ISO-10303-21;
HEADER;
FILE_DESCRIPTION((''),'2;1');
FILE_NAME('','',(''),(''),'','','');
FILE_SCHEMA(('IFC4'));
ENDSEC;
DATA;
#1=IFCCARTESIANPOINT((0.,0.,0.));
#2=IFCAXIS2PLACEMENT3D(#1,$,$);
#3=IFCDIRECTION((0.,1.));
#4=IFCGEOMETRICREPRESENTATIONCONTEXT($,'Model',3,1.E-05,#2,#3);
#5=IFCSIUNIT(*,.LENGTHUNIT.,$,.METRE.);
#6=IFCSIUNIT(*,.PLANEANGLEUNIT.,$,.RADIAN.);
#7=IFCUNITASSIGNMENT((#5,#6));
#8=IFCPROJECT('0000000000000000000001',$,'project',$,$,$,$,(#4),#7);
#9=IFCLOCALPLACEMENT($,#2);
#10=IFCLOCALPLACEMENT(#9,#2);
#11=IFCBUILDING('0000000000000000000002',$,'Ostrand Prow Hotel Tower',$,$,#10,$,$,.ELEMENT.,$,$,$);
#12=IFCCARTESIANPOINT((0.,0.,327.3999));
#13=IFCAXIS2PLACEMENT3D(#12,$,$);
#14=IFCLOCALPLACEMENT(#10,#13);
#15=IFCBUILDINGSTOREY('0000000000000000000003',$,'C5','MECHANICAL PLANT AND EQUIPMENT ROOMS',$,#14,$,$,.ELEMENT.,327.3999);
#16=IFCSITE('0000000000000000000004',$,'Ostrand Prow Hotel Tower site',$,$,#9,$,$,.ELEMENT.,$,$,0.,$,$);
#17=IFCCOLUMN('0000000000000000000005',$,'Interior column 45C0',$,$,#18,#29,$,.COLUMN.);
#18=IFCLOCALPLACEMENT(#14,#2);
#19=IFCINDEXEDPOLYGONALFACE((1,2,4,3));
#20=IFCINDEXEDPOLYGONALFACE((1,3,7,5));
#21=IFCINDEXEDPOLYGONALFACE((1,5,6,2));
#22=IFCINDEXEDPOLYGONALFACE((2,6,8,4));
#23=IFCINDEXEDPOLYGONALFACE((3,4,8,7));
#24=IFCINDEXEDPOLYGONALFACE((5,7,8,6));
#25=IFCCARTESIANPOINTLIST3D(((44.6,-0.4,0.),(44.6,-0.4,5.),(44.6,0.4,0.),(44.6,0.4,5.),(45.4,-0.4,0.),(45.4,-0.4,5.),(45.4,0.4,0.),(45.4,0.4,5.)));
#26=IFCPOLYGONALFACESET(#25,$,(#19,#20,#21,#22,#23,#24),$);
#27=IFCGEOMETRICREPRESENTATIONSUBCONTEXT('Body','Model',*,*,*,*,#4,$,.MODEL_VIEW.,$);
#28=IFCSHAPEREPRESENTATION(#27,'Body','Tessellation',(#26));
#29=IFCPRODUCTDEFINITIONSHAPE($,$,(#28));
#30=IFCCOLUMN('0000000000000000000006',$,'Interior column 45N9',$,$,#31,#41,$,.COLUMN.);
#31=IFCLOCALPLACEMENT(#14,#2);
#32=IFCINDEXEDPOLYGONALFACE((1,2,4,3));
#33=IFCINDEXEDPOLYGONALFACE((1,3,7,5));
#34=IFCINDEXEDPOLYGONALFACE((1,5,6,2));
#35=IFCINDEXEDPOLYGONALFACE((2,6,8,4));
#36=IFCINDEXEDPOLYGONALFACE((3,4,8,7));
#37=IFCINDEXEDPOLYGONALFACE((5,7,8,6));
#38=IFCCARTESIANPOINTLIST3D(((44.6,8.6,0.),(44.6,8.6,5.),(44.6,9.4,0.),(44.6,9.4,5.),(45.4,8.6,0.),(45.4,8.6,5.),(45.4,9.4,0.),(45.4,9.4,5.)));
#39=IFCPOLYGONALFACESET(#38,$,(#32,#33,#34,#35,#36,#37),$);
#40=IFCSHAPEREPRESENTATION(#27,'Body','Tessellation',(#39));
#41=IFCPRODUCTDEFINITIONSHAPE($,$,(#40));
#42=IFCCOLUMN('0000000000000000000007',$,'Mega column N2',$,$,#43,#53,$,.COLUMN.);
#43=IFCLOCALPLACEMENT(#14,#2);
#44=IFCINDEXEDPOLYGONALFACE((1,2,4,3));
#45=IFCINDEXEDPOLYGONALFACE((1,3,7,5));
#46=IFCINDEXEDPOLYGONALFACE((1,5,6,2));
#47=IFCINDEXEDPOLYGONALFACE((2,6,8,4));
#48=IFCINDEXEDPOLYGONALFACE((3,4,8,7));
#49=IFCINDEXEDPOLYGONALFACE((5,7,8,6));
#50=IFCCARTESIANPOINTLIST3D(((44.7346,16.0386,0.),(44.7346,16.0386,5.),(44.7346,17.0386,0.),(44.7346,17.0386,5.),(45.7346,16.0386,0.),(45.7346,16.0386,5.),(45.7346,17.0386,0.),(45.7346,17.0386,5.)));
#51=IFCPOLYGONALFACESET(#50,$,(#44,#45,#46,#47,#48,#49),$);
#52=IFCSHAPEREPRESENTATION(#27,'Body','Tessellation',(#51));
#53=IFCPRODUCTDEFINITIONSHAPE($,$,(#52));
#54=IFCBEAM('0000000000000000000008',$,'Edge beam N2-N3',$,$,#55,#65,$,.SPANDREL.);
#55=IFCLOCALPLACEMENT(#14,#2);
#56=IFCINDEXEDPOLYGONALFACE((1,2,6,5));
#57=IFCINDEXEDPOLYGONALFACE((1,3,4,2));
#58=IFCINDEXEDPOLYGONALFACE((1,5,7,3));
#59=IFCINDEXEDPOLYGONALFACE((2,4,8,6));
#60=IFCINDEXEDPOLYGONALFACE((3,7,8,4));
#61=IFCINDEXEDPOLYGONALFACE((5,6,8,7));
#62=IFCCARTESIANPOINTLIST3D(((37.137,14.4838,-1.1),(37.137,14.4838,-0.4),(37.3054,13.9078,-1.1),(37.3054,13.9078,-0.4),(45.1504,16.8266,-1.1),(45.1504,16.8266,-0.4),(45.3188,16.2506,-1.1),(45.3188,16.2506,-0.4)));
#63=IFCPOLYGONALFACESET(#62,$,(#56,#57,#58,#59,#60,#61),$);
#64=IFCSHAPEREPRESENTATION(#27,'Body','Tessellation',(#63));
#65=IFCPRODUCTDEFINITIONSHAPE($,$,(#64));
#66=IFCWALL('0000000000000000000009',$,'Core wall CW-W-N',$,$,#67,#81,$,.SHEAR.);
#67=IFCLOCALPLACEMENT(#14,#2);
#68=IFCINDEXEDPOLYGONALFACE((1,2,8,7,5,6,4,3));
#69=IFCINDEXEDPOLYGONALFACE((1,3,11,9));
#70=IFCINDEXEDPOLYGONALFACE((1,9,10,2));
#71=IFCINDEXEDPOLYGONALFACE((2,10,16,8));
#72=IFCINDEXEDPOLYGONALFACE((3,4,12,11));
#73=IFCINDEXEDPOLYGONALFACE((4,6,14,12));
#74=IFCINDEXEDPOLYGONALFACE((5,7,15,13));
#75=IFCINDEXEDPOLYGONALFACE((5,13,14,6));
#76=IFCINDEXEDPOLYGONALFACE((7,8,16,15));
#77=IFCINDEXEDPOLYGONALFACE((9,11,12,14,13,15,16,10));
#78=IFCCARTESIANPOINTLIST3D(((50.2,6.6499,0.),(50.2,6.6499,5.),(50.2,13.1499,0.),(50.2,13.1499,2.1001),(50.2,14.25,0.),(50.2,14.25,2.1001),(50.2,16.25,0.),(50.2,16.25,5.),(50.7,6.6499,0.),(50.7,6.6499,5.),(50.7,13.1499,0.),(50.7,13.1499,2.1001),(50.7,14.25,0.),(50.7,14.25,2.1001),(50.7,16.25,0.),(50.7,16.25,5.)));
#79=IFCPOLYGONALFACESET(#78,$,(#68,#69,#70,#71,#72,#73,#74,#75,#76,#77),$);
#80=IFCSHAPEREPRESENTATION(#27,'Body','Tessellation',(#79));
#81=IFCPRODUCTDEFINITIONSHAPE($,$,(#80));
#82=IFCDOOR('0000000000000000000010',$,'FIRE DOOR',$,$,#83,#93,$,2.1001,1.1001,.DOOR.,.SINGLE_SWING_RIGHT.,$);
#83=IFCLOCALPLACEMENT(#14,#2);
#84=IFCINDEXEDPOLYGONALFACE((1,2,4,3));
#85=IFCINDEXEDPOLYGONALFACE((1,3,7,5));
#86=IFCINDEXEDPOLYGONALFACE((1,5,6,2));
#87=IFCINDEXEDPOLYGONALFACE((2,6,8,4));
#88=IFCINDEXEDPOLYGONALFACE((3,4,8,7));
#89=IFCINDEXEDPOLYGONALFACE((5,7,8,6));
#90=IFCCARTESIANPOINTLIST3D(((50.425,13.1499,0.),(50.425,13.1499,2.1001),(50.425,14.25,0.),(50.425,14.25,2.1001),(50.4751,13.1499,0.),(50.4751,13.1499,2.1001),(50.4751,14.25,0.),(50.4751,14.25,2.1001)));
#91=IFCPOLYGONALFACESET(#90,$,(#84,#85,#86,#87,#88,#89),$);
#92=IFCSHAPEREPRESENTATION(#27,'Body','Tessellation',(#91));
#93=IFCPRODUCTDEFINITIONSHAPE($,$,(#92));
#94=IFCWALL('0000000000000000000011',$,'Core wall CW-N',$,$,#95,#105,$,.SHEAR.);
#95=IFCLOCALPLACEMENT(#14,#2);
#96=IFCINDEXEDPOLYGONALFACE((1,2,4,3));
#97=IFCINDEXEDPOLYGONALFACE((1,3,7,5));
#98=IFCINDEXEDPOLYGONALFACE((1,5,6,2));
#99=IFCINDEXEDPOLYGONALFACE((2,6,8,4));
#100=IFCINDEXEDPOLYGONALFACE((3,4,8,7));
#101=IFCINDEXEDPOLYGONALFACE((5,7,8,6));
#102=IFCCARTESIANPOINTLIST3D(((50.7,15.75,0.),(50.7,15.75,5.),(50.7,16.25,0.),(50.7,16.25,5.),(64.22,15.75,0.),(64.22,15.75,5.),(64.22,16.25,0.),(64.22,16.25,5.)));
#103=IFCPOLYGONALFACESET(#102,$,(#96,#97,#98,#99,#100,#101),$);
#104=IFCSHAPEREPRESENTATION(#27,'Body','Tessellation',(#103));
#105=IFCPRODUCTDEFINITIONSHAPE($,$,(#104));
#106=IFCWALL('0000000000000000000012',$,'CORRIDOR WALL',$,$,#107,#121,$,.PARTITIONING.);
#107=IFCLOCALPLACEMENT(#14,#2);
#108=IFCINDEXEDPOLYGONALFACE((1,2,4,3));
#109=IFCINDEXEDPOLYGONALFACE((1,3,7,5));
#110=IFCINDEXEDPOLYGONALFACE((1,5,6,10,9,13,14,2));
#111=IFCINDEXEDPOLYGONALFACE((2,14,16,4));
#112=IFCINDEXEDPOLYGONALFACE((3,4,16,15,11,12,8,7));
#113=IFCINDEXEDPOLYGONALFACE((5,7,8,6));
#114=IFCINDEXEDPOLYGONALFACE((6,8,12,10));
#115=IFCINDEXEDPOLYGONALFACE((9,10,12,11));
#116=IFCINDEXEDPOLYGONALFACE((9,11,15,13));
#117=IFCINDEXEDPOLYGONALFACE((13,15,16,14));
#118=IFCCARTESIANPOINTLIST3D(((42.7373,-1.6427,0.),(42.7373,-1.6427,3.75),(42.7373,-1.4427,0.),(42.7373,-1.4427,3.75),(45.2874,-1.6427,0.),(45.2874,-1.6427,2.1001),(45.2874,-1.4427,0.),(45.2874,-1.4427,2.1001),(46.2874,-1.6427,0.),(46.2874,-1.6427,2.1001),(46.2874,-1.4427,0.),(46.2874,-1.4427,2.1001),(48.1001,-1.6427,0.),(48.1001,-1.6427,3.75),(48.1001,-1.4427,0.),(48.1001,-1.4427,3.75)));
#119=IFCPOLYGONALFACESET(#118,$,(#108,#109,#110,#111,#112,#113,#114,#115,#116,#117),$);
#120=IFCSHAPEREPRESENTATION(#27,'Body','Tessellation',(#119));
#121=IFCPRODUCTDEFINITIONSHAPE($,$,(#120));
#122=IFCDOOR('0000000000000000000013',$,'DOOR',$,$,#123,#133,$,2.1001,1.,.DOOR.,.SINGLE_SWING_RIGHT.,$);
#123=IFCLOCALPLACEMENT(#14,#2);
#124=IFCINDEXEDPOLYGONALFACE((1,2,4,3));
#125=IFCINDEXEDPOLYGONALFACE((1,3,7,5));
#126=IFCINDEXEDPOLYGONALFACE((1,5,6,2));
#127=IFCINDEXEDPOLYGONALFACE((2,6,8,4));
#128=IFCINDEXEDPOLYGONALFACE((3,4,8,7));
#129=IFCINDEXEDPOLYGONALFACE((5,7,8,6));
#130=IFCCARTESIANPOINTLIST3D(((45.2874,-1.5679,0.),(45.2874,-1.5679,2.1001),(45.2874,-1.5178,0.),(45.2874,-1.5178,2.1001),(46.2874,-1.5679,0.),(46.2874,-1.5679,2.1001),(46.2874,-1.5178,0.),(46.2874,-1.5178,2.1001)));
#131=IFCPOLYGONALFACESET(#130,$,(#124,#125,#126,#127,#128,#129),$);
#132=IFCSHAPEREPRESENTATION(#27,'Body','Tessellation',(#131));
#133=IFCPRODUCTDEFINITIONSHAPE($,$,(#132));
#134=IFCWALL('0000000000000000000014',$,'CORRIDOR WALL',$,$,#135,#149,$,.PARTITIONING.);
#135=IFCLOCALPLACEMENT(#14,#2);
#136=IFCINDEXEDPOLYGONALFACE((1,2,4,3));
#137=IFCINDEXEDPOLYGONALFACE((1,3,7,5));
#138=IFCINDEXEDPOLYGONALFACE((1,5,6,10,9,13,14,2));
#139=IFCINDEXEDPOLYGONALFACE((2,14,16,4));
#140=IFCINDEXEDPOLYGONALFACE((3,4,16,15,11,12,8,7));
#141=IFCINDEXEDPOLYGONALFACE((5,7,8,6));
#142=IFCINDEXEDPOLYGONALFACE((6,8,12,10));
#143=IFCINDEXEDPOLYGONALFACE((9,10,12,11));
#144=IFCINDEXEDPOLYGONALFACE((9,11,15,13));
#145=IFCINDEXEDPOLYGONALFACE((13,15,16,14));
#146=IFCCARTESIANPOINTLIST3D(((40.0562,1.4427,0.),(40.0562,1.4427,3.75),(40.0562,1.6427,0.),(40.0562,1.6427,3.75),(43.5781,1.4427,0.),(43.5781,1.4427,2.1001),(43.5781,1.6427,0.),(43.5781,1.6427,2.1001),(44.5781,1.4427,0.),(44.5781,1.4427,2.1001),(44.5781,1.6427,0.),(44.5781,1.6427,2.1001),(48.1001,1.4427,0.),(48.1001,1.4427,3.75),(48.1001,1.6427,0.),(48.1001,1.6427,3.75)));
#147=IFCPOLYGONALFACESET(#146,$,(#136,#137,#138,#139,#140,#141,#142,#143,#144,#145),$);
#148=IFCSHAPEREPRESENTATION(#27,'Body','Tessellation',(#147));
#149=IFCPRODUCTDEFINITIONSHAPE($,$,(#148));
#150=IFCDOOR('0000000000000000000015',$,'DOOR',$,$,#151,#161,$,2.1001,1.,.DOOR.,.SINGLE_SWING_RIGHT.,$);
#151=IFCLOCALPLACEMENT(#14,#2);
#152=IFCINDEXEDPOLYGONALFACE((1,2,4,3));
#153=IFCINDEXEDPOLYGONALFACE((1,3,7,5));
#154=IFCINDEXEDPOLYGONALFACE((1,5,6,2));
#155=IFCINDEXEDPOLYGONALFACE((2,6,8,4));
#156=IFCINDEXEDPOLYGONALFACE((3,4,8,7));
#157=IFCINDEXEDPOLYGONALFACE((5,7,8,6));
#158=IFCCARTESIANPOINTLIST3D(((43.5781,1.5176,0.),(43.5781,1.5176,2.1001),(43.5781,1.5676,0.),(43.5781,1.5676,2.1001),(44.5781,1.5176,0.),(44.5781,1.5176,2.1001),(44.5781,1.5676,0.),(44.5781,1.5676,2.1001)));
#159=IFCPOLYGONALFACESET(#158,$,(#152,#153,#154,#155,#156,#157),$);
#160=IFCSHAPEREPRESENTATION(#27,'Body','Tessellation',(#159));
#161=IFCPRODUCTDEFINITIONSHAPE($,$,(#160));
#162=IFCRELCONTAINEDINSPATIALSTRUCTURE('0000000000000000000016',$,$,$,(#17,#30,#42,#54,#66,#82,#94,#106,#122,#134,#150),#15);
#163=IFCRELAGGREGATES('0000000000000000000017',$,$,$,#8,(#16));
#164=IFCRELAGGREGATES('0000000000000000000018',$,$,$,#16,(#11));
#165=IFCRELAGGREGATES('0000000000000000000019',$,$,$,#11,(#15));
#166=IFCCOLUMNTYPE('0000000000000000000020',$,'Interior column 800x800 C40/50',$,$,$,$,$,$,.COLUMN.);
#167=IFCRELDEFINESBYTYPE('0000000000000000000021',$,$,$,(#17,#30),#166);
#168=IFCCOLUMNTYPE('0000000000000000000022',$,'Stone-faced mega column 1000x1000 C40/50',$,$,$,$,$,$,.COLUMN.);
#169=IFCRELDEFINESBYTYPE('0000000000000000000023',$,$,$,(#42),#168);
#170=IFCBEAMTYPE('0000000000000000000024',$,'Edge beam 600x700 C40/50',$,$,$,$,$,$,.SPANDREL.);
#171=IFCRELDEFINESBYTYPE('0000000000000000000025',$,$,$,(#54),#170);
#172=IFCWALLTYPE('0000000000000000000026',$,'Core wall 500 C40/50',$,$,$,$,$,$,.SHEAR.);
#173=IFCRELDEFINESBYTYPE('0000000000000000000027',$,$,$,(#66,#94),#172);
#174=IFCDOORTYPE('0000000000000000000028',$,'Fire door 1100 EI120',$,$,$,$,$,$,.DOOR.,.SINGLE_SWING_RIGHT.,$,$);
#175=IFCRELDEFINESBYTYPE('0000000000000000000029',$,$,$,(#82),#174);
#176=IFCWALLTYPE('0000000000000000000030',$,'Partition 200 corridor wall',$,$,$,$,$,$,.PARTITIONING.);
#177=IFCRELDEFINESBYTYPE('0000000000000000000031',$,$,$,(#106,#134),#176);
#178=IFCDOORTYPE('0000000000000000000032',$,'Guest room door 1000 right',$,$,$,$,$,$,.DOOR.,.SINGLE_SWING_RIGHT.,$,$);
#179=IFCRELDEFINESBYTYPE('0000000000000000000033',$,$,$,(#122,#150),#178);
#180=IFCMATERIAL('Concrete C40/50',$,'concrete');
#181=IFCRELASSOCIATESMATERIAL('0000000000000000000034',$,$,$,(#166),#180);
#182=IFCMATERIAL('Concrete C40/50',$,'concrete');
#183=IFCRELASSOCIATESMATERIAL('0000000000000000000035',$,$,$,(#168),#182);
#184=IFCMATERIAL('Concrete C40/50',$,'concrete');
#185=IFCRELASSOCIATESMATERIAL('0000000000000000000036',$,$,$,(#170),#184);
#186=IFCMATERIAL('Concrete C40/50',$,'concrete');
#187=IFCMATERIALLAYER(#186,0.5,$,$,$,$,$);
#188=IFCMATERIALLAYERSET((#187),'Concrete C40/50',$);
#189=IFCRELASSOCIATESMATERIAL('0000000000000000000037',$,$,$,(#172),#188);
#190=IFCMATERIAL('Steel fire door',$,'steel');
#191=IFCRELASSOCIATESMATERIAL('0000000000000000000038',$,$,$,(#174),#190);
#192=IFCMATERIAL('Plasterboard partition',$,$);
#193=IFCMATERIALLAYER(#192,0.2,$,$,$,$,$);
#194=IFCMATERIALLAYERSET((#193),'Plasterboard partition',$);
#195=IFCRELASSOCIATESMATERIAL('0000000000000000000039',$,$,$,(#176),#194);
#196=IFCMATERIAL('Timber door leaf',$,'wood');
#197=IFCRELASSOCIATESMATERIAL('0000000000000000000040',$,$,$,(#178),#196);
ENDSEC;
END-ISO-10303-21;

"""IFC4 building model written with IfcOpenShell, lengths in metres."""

from ifc_helpers import new_model, si_unit, direction, frame, frame_2d, origin, origin_2d, place, context, subcontext, project, spatial, rectangle, extrude, material, layer, layer_set, material_profile, profile_set, type_object, element, fill, save


model = new_model("IFC4")

# Units and contexts
model_context = context("Model", 3, precision=1e-05, world=origin(), true_north=direction((0.0, 1.0)))
body_context = subcontext(model_context, "Body", "Model", "MODEL_VIEW")
ifc_project = project(units=[si_unit("LENGTHUNIT", "METRE"), si_unit("PLANEANGLEUNIT", "RADIAN")], contexts=[model_context])

# Site, building, storey
site_placement = place(None, origin())
site = spatial("IfcSite", under=ifc_project, at=site_placement, Name="Ostrand Prow Hotel Tower site", CompositionType="ELEMENT", RefElevation=0.0)
building_placement = place(site_placement, origin())
building = spatial("IfcBuilding", under=site, at=building_placement, Name="Ostrand Prow Hotel Tower", CompositionType="ELEMENT")
storey_placement = place(building_placement, frame((0.0, 0.0, 327.3999)))
storey = spatial("IfcBuildingStorey", under=building, at=storey_placement, Name="C5", Description="MECHANICAL PLANT AND EQUIPMENT ROOMS", CompositionType="ELEMENT", Elevation=327.3999)

# Columns
ifc_material_1 = material(Name="Concrete C40/50", Category="concrete")
ifc_material_profile_1 = material_profile(ifc_material_1, rectangle(XDim=0.8, YDim=0.8, at=origin_2d()), Name="RC 800x800")
ifc_profile_set_1 = profile_set([ifc_material_profile_1], Name="Concrete C40/50")
column_type_1 = type_object("IfcColumnType", Name="Interior column 800x800 C40/50", PredefinedType="COLUMN", material=ifc_profile_set_1)
for number, where, z_axis, x_axis, name in (
    (1, (45.0, 0.0, 0.0), (0.0, 0.0, 1.0), (1.0, 0.0, 0.0), "Interior column 45C0"),
    (2, (45.0, 9.0, 0.0), (0.0, 0.0, 1.0), (1.0, 0.0, 0.0), "Interior column 45N9"),
):
    element("IfcColumn", number, at=place(storey_placement, frame(where, z_axis=z_axis, x_axis=x_axis)), inside=storey, type_object=column_type_1, Name=name, PredefinedType="COLUMN", context=body_context, shape_type="SweptSolid", body=[
        extrude(rectangle(XDim=0.8, YDim=0.8, at=origin_2d()), origin(), (0.0, 0.0, 1.0), 5.0),
    ])
ifc_material_2 = material(Name="Concrete C40/50", Category="concrete")
ifc_material_profile_2 = material_profile(ifc_material_2, rectangle(XDim=1.0, YDim=1.0, at=origin_2d()), Name="RC 1000x1000")
ifc_profile_set_2 = profile_set([ifc_material_profile_2], Name="Concrete C40/50")
column_type_2 = type_object("IfcColumnType", Name="Stone-faced mega column 1000x1000 C40/50", PredefinedType="COLUMN", material=ifc_profile_set_2)
column_placement = place(storey_placement, frame((45.2346, 16.5386, 0.0), z_axis=(0.0, 0.0, 1.0), x_axis=(1.0, 0.0, 0.0)))
element("IfcColumn", 3, at=column_placement, inside=storey, type_object=column_type_2, Name="Mega column N2", PredefinedType="COLUMN", context=body_context, shape_type="SweptSolid", body=[
    extrude(rectangle(XDim=1.0, YDim=1.0, at=origin_2d()), origin(), (0.0, 0.0, 1.0), 5.0),
])

# Beam
ifc_material_3 = material(Name="Concrete C40/50", Category="concrete")
ifc_material_profile_3 = material_profile(ifc_material_3, rectangle(XDim=0.6001, YDim=0.7, at=origin_2d()), Name="RC 600x700")
ifc_profile_set_3 = profile_set([ifc_material_profile_3], Name="Concrete C40/50")
beam_type = type_object("IfcBeamType", Name="Edge beam 600x700 C40/50", PredefinedType="SPANDREL", material=ifc_profile_set_3)
beam_placement = place(storey_placement, frame((45.2346, 16.5386, -0.75), z_axis=(-0.959822, -0.28061, 0.0), x_axis=(0.28061, -0.959822, 0.0)))
element("IfcBeam", 4, at=beam_placement, inside=storey, type_object=beam_type, Name="Edge beam N2-N3", PredefinedType="SPANDREL", context=body_context, shape_type="SweptSolid", body=[
    extrude(rectangle(XDim=0.6001, YDim=0.7, at=origin_2d()), origin(), (0.0, 0.0, 1.0), 8.3489),
])

# Wall, opening, door
ifc_material_4 = material(Name="Concrete C40/50", Category="concrete")
ifc_layer_1 = layer(ifc_material_4, 0.5)
ifc_layer_set_1 = layer_set([ifc_layer_1], Name="Concrete C40/50")
wall_type_1 = type_object("IfcWallType", Name="Core wall 500 C40/50", PredefinedType="SHEAR", material=ifc_layer_set_1)
wall_1_placement = place(storey_placement, frame((50.45, 6.6499, 0.0), z_axis=(0.0, 0.0, 1.0), x_axis=(0.0, 1.0, 0.0)))
wall_1 = element("IfcWall", 5, at=wall_1_placement, inside=storey, type_object=wall_type_1, Name="Core wall CW-W-N", PredefinedType="SHEAR", context=body_context, shape_type="SweptSolid", body=[
    extrude(rectangle(XDim=9.6001, YDim=0.5, at=frame_2d((4.8, 0.0))), origin(), (0.0, 0.0, 1.0), 5.0),
])
opening_1_placement = place(wall_1_placement, frame((6.5, 0.0, 0.0)))
opening_1 = element("IfcOpeningElement", 6, at=opening_1_placement, cuts=wall_1, PredefinedType="OPENING", context=body_context, shape_type="SweptSolid", body=[
    extrude(rectangle(XDim=1.1001, YDim=2.1001, at=frame_2d((0.55, 1.05))), frame((0.0, 0.26, 0.0), z_axis=(0.0, -1.0, 0.0), x_axis=(1.0, 0.0, 0.0)), (0.0, 0.0, 1.0), 0.52),
])
ifc_material_5 = material(Name="Steel fire door", Category="steel")
door_type_1 = type_object("IfcDoorType", Name="Fire door 1100 EI120", OperationType="SINGLE_SWING_RIGHT", PredefinedType="DOOR", material=ifc_material_5)
door_1_placement = place(opening_1_placement, origin())
door_1 = element("IfcDoor", 7, at=door_1_placement, inside=storey, type_object=door_type_1, Name="FIRE DOOR", OperationType="SINGLE_SWING_RIGHT", OverallHeight=2.1001, OverallWidth=1.1001, PredefinedType="DOOR", context=body_context, shape_type="SweptSolid", body=[
    extrude(rectangle(XDim=1.1001, YDim=2.1001, at=frame_2d((0.55, 1.05))), frame((0.0, 0.0249, 0.0), z_axis=(0.0, -1.0, 0.0), x_axis=(1.0, 0.0, 0.0)), (0.0, 0.0, 1.0), 0.05),
])
fill(opening_1, door_1)

# Wall
wall_2_placement = place(storey_placement, frame((50.7, 16.0, 0.0), z_axis=(0.0, 0.0, 1.0), x_axis=(1.0, 0.0, 0.0)))
element("IfcWall", 8, at=wall_2_placement, inside=storey, type_object=wall_type_1, Name="Core wall CW-N", PredefinedType="SHEAR", context=body_context, shape_type="SweptSolid", body=[
    extrude(rectangle(XDim=13.52, YDim=0.5, at=frame_2d((6.76, 0.0))), origin(), (0.0, 0.0, 1.0), 5.0),
])

# Walls, openings, doors
ifc_material_6 = material(Name="Plasterboard partition")
ifc_layer_2 = layer(ifc_material_6, 0.2)
ifc_layer_set_2 = layer_set([ifc_layer_2], Name="Plasterboard partition")
wall_type_2 = type_object("IfcWallType", Name="Partition 200 corridor wall", PredefinedType="PARTITIONING", material=ifc_layer_set_2)
wall_3_placement = place(storey_placement, frame((42.7373, -1.5427, 0.0), z_axis=(0.0, 0.0, 1.0), x_axis=(1.0, 0.0, 0.0)))
wall_3 = element("IfcWall", 9, at=wall_3_placement, inside=storey, type_object=wall_type_2, Name="CORRIDOR WALL", PredefinedType="PARTITIONING", context=body_context, shape_type="SweptSolid", body=[
    extrude(rectangle(XDim=5.3628, YDim=0.2, at=frame_2d((2.6814, 0.0))), origin(), (0.0, 0.0, 1.0), 3.75),
])
opening_2_placement = place(wall_3_placement, frame((2.55, 0.0, 0.0)))
opening_2 = element("IfcOpeningElement", 10, at=opening_2_placement, cuts=wall_3, PredefinedType="OPENING", context=body_context, shape_type="SweptSolid", body=[
    extrude(rectangle(XDim=1.0, YDim=2.1001, at=frame_2d((0.5, 1.05))), frame((0.0, 0.1099, 0.0), z_axis=(0.0, -1.0, 0.0), x_axis=(1.0, 0.0, 0.0)), (0.0, 0.0, 1.0), 0.22),
])
ifc_material_7 = material(Name="Timber door leaf", Category="wood")
door_type_2 = type_object("IfcDoorType", Name="Guest room door 1000 right", OperationType="SINGLE_SWING_RIGHT", PredefinedType="DOOR", material=ifc_material_7)
door_2_placement = place(opening_2_placement, origin())
door_2 = element("IfcDoor", 11, at=door_2_placement, inside=storey, type_object=door_type_2, Name="DOOR", OperationType="SINGLE_SWING_RIGHT", OverallHeight=2.1001, OverallWidth=1.0, PredefinedType="DOOR", context=body_context, shape_type="SweptSolid", body=[
    extrude(rectangle(XDim=1.0, YDim=2.1001, at=frame_2d((0.5, 1.05))), frame((0.0, 0.0249, 0.0), z_axis=(0.0, -1.0, 0.0), x_axis=(1.0, 0.0, 0.0)), (0.0, 0.0, 1.0), 0.05),
])
fill(opening_2, door_2)
wall_4_placement = place(storey_placement, frame((40.0562, 1.5427, 0.0), z_axis=(0.0, 0.0, 1.0), x_axis=(1.0, 0.0, 0.0)))
wall_4 = element("IfcWall", 12, at=wall_4_placement, inside=storey, type_object=wall_type_2, Name="CORRIDOR WALL", PredefinedType="PARTITIONING", context=body_context, shape_type="SweptSolid", body=[
    extrude(rectangle(XDim=8.0439, YDim=0.2, at=frame_2d((4.022, 0.0))), origin(), (0.0, 0.0, 1.0), 3.75),
])
opening_3_placement = place(wall_4_placement, frame((3.522, 0.0, 0.0)))
opening_3 = element("IfcOpeningElement", 13, at=opening_3_placement, cuts=wall_4, PredefinedType="OPENING", context=body_context, shape_type="SweptSolid", body=[
    extrude(rectangle(XDim=1.0, YDim=2.1001, at=frame_2d((0.5, 1.05))), frame((0.0, 0.1099, 0.0), z_axis=(0.0, -1.0, 0.0), x_axis=(1.0, 0.0, 0.0)), (0.0, 0.0, 1.0), 0.22),
])
door_3_placement = place(opening_3_placement, origin())
door_3 = element("IfcDoor", 14, at=door_3_placement, inside=storey, type_object=door_type_2, Name="DOOR", OperationType="SINGLE_SWING_RIGHT", OverallHeight=2.1001, OverallWidth=1.0, PredefinedType="DOOR", context=body_context, shape_type="SweptSolid", body=[
    extrude(rectangle(XDim=1.0, YDim=2.1001, at=frame_2d((0.5, 1.05))), frame((0.0, 0.0249, 0.0), z_axis=(0.0, -1.0, 0.0), x_axis=(1.0, 0.0, 0.0)), (0.0, 0.0, 1.0), 0.05),
])
fill(opening_3, door_3)

save(model, "model.ifc")
